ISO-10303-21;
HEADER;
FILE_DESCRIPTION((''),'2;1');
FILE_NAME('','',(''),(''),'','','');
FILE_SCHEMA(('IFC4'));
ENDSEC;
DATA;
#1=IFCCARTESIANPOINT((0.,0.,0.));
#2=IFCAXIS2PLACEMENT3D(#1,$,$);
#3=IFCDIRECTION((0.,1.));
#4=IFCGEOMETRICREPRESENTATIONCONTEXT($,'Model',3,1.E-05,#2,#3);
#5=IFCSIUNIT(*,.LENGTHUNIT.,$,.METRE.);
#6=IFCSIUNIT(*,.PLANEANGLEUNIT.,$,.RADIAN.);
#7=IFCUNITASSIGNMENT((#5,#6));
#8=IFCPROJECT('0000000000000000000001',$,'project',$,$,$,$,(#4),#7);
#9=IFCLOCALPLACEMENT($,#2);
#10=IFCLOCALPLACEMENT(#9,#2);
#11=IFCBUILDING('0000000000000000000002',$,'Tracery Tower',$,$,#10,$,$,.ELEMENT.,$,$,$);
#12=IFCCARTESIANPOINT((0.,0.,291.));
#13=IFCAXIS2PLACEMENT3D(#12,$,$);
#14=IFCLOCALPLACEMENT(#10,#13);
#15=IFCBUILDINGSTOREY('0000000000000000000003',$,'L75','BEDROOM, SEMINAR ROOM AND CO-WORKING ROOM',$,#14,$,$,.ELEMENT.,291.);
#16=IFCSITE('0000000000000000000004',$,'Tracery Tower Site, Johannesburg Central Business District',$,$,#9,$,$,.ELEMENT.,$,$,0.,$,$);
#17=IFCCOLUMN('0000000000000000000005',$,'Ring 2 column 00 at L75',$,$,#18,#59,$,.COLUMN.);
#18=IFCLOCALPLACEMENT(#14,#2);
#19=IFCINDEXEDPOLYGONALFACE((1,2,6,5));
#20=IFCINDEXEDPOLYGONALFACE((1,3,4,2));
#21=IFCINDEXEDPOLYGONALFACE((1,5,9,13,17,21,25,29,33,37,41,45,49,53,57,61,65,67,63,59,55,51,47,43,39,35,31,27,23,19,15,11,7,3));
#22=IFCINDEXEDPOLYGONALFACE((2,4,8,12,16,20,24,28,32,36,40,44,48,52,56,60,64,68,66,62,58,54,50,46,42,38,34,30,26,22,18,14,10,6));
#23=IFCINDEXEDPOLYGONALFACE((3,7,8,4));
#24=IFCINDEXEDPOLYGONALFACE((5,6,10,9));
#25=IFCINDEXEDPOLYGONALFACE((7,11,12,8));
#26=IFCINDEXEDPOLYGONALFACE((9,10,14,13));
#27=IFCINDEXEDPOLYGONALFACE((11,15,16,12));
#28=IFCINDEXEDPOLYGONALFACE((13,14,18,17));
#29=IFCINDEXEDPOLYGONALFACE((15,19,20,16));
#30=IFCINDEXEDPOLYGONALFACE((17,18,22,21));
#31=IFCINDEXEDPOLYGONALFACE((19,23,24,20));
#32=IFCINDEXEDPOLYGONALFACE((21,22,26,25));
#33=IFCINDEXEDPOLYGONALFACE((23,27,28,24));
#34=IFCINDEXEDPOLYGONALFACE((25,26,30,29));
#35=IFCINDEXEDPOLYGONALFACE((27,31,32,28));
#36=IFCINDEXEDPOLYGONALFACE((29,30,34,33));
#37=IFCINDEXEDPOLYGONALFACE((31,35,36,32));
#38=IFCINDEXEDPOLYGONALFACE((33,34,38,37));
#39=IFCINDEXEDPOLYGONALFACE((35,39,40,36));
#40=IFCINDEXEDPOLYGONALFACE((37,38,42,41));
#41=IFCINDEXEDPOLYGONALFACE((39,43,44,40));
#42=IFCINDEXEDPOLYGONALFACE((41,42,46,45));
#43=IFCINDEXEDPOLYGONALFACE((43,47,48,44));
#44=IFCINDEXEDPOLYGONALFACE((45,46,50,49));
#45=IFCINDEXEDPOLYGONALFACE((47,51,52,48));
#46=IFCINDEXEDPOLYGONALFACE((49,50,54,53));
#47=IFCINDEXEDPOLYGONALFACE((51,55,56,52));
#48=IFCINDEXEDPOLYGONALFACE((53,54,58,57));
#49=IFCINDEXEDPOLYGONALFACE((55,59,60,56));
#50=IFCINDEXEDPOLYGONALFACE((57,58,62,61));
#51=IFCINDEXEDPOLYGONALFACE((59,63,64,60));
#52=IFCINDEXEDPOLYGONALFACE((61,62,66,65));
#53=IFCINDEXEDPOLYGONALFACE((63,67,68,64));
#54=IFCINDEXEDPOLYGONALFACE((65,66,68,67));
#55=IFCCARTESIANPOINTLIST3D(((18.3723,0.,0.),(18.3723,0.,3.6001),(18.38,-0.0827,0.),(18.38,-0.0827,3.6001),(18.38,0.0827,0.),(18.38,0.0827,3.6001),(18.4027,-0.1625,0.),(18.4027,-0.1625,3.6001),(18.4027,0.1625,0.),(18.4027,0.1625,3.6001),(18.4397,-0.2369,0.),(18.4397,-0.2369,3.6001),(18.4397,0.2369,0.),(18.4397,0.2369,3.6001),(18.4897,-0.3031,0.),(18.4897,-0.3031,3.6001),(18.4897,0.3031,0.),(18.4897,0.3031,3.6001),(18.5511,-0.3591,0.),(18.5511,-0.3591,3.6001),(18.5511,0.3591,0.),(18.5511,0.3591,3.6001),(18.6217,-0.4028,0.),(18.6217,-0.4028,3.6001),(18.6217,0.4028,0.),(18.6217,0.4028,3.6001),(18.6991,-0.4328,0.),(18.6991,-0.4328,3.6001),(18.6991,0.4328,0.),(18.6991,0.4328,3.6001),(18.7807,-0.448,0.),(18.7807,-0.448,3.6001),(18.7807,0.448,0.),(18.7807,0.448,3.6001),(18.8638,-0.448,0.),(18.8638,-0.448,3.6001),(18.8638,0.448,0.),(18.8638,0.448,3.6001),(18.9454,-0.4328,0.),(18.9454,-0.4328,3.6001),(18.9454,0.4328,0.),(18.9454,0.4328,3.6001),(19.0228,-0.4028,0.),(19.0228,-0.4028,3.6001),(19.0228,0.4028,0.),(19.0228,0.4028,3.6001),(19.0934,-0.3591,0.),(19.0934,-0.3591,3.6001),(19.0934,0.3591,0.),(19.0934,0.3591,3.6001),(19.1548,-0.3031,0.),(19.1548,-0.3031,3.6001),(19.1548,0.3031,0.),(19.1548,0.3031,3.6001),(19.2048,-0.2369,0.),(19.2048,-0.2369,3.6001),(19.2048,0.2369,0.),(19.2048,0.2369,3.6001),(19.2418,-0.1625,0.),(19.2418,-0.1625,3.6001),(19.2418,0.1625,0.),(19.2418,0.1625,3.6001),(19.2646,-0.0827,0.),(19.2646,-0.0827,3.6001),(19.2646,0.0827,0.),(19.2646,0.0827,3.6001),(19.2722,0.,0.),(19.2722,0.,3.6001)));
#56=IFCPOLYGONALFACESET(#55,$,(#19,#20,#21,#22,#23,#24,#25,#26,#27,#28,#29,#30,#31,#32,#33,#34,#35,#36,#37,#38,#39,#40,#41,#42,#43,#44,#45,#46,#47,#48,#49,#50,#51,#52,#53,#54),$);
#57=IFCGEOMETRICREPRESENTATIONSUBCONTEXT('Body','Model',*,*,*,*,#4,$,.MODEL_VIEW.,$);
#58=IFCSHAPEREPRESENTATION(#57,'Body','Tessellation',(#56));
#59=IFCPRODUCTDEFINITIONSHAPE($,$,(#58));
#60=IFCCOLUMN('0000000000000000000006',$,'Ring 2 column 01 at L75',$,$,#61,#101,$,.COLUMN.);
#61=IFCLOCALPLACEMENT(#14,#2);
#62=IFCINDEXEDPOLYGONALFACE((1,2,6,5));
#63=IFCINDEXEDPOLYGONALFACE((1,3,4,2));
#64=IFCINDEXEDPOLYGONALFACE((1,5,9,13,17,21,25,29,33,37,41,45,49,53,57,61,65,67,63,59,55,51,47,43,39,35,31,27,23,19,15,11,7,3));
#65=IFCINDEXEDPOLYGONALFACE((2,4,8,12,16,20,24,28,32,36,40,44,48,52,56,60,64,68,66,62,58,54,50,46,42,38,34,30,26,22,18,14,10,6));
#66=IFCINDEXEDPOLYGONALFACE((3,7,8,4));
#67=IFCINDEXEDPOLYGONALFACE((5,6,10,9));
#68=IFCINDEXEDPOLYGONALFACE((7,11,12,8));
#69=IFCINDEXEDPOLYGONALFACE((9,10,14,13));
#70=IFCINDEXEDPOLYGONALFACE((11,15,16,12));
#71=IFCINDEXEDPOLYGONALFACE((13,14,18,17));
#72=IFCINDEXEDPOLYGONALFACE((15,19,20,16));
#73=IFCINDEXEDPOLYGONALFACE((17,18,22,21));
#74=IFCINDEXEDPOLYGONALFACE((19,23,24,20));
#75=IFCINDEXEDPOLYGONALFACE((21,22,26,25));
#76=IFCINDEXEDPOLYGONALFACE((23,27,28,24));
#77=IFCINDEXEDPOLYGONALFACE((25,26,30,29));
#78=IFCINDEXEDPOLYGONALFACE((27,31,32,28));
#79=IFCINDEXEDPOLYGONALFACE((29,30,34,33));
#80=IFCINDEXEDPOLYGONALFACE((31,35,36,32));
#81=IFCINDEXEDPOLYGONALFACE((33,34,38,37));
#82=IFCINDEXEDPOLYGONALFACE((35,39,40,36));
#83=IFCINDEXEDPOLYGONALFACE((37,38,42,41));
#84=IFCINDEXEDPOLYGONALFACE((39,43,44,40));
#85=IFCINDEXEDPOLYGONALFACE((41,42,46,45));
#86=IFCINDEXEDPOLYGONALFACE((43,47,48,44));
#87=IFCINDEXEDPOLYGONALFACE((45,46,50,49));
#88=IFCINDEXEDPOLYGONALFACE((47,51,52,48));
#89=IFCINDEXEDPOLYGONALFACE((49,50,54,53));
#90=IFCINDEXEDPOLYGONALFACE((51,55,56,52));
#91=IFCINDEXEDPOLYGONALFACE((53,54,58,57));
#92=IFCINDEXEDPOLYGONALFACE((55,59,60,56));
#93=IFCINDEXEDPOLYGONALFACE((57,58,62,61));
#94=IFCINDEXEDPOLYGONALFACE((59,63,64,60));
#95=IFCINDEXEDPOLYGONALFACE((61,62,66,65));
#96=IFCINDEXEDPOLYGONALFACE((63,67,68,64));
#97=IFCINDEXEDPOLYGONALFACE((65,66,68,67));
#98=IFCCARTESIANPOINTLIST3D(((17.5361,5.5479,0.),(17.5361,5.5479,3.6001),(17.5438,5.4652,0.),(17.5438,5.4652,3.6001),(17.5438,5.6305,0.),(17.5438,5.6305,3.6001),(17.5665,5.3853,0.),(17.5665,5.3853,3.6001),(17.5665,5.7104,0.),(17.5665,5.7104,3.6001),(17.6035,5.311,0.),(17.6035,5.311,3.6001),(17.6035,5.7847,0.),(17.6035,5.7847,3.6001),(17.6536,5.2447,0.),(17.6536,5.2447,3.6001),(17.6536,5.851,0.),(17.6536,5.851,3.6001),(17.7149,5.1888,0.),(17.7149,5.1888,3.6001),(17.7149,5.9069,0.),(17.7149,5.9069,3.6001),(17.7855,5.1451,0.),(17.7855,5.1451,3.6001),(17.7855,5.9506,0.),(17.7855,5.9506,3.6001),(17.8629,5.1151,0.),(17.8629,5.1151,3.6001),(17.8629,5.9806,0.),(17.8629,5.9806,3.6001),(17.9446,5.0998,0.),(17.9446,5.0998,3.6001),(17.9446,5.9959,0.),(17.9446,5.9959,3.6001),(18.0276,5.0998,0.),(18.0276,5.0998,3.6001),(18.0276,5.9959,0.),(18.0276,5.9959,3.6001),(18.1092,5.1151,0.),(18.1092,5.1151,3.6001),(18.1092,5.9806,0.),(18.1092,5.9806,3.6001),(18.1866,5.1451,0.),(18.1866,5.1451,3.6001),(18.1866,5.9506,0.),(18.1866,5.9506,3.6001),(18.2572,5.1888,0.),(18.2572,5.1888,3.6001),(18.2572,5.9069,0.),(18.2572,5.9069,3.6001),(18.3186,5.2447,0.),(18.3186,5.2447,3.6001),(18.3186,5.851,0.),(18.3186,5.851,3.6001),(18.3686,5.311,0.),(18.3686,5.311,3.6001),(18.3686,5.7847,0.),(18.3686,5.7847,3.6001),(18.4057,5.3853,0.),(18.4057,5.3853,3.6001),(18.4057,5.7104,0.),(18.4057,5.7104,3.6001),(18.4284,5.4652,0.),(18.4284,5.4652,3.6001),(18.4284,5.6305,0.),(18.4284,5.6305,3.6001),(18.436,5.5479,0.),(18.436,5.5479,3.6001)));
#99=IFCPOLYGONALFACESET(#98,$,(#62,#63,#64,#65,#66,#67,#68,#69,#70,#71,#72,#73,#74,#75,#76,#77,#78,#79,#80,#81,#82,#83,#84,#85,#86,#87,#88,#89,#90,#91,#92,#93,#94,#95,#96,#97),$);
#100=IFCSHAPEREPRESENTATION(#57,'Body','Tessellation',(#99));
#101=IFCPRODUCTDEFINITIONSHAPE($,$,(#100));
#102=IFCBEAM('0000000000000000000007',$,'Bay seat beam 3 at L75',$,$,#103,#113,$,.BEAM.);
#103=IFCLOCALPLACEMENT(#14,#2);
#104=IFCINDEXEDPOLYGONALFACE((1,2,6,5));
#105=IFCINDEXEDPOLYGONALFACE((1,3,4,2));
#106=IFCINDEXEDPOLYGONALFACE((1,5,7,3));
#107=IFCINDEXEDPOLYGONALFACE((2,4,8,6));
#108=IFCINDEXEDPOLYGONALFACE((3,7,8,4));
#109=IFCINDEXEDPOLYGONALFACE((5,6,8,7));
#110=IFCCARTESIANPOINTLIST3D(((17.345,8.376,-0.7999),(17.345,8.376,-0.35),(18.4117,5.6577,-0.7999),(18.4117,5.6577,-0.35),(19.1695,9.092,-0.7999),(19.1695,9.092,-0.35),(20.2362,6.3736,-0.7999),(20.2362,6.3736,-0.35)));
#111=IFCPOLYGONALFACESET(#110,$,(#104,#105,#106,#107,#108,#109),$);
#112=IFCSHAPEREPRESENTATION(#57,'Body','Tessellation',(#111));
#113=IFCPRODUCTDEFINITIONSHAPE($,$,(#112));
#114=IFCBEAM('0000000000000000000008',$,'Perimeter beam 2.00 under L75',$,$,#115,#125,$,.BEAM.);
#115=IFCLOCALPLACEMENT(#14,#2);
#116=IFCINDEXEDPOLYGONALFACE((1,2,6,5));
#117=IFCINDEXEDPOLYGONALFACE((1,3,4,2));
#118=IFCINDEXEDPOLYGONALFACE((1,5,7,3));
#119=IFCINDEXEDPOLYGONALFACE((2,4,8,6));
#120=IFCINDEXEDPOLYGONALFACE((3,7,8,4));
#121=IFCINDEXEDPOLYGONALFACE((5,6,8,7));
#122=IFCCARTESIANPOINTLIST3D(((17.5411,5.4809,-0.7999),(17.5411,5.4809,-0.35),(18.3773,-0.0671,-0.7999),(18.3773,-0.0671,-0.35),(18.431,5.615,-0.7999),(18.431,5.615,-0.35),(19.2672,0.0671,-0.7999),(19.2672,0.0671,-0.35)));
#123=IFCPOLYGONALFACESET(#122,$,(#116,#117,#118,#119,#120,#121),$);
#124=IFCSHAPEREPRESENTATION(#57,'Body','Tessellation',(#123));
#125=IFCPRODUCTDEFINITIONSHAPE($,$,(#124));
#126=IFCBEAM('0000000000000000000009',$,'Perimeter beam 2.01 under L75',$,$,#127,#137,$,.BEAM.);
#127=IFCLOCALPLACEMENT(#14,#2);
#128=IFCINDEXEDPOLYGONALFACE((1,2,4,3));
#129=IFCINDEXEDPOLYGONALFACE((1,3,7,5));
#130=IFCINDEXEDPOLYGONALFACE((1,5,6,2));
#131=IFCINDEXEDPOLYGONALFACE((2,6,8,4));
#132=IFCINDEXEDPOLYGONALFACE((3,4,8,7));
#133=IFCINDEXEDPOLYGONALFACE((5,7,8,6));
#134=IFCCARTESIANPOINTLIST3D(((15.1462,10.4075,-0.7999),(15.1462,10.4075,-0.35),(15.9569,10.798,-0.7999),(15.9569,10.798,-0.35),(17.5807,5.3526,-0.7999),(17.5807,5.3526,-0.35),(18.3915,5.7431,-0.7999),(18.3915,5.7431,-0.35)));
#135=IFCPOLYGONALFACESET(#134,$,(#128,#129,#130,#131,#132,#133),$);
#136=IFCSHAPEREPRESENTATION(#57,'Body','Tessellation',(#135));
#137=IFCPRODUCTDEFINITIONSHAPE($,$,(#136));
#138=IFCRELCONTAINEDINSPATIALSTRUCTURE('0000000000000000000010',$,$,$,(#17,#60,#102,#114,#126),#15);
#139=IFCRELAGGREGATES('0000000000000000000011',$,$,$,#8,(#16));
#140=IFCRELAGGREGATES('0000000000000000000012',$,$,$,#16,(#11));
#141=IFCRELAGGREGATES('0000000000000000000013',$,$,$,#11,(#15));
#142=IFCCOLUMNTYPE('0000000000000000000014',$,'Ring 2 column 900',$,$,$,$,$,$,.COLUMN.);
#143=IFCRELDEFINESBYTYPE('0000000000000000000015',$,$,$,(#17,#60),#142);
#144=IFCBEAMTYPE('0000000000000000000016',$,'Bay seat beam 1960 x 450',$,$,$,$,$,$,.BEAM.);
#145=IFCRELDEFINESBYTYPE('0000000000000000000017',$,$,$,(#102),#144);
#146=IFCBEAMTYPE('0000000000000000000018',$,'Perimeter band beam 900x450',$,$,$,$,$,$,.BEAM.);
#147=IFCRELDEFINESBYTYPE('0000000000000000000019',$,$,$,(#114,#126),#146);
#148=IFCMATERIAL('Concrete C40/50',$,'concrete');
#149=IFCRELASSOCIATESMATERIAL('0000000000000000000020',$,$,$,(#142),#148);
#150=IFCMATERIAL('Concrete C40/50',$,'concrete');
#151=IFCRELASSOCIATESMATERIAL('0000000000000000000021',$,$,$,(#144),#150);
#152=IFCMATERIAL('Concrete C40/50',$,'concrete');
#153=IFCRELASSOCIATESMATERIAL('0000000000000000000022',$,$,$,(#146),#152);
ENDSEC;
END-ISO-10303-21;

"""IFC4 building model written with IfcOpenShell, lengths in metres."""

from ifc_helpers import new_model, si_unit, direction, frame, origin, origin_2d, place, context, subcontext, project, spatial, rectangle, circle, extrude, material, material_profile, profile_set, type_object, element, save


model = new_model("IFC4")

# Units and contexts
model_context = context("Model", 3, precision=1e-05, world=origin(), true_north=direction((0.0, 1.0)))
body_context = subcontext(model_context, "Body", "Model", "MODEL_VIEW")
ifc_project = project(units=[si_unit("LENGTHUNIT", "METRE"), si_unit("PLANEANGLEUNIT", "RADIAN")], contexts=[model_context])

# Site, building, storey
site_placement = place(None, origin())
site = spatial("IfcSite", under=ifc_project, at=site_placement, Name="Tracery Tower Site, Johannesburg Central Business District", CompositionType="ELEMENT", RefElevation=0.0)
building_placement = place(site_placement, origin())
building = spatial("IfcBuilding", under=site, at=building_placement, Name="Tracery Tower", CompositionType="ELEMENT")
storey_placement = place(building_placement, frame((0.0, 0.0, 291.0)))
storey = spatial("IfcBuildingStorey", under=building, at=storey_placement, Name="L75", Description="BEDROOM, SEMINAR ROOM AND CO-WORKING ROOM", CompositionType="ELEMENT", Elevation=291.0)

# Columns
ifc_material_1 = material(Name="Concrete C40/50", Category="concrete")
ifc_material_profile_1 = material_profile(ifc_material_1, circle(Radius=0.45, at=origin_2d()), Name="RC D900")
ifc_profile_set_1 = profile_set([ifc_material_profile_1], Name="Concrete C40/50")
column_type = type_object("IfcColumnType", Name="Ring 2 column 900", PredefinedType="COLUMN", material=ifc_profile_set_1)
for number, where, z_axis, x_axis, name in (
    (1, (18.8223, 0.0, 0.0), (0.0, 0.0, 1.0), (1.0, 0.0, 0.0), "Ring 2 column 00 at L75"),
    (2, (17.9861, 5.5479, 0.0), (0.0, 0.0, 1.0), (1.0, 0.0, 0.0), "Ring 2 column 01 at L75"),
):
    element("IfcColumn", number, at=place(storey_placement, frame(where, z_axis=z_axis, x_axis=x_axis)), inside=storey, type_object=column_type, Name=name, PredefinedType="COLUMN", context=body_context, shape_type="SweptSolid", body=[
        extrude(circle(Radius=0.45, at=origin_2d()), origin(), (0.0, 0.0, 1.0), 3.6001),
    ])

# Beams
ifc_material_2 = material(Name="Concrete C40/50", Category="concrete")
ifc_material_profile_2 = material_profile(ifc_material_2, rectangle(XDim=1.96, YDim=0.45, at=origin_2d()), Name="RC 1960x450")
ifc_profile_set_2 = profile_set([ifc_material_profile_2], Name="Concrete C40/50")
beam_type_1 = type_object("IfcBeamType", Name="Bay seat beam 1960 x 450", PredefinedType="BEAM", material=ifc_profile_set_2)
beam_placement = place(storey_placement, frame((19.324, 6.0156, -0.575), z_axis=(-0.365285, 0.930896, 0.0), x_axis=(-0.930896, -0.365285, 0.0)))
element("IfcBeam", 3, at=beam_placement, inside=storey, type_object=beam_type_1, Name="Bay seat beam 3 at L75", PredefinedType="BEAM", context=body_context, shape_type="SweptSolid", body=[
    extrude(rectangle(XDim=1.96, YDim=0.45, at=origin_2d()), origin(), (0.0, 0.0, 1.0), 2.9202),
])
ifc_material_3 = material(Name="Concrete C40/50", Category="concrete")
ifc_material_profile_3 = material_profile(ifc_material_3, rectangle(XDim=0.8999, YDim=0.45, at=origin_2d()), Name="RC 900x450")
ifc_profile_set_3 = profile_set([ifc_material_profile_3], Name="Concrete C40/50")
beam_type_2 = type_object("IfcBeamType", Name="Perimeter band beam 900x450", PredefinedType="BEAM", material=ifc_profile_set_3)
for number, where, z_axis, x_axis, name in (
    (4, (18.8223, 0.0, -0.575), (-0.149038, 0.988831, 0.0), (-0.988831, -0.149038, 0.0), "Perimeter beam 2.00 under L75"),
    (5, (17.9861, 5.5479, -0.575), (-0.433919, 0.900952, 0.0), (-0.900952, -0.433919, 0.0), "Perimeter beam 2.01 under L75"),
):
    element("IfcBeam", number, at=place(storey_placement, frame(where, z_axis=z_axis, x_axis=x_axis)), inside=storey, type_object=beam_type_2, Name=name, PredefinedType="BEAM", context=body_context, shape_type="SweptSolid", body=[
        extrude(rectangle(XDim=0.8999, YDim=0.45, at=origin_2d()), origin(), (0.0, 0.0, 1.0), 5.6106),
    ])

save(model, "model.ifc")
